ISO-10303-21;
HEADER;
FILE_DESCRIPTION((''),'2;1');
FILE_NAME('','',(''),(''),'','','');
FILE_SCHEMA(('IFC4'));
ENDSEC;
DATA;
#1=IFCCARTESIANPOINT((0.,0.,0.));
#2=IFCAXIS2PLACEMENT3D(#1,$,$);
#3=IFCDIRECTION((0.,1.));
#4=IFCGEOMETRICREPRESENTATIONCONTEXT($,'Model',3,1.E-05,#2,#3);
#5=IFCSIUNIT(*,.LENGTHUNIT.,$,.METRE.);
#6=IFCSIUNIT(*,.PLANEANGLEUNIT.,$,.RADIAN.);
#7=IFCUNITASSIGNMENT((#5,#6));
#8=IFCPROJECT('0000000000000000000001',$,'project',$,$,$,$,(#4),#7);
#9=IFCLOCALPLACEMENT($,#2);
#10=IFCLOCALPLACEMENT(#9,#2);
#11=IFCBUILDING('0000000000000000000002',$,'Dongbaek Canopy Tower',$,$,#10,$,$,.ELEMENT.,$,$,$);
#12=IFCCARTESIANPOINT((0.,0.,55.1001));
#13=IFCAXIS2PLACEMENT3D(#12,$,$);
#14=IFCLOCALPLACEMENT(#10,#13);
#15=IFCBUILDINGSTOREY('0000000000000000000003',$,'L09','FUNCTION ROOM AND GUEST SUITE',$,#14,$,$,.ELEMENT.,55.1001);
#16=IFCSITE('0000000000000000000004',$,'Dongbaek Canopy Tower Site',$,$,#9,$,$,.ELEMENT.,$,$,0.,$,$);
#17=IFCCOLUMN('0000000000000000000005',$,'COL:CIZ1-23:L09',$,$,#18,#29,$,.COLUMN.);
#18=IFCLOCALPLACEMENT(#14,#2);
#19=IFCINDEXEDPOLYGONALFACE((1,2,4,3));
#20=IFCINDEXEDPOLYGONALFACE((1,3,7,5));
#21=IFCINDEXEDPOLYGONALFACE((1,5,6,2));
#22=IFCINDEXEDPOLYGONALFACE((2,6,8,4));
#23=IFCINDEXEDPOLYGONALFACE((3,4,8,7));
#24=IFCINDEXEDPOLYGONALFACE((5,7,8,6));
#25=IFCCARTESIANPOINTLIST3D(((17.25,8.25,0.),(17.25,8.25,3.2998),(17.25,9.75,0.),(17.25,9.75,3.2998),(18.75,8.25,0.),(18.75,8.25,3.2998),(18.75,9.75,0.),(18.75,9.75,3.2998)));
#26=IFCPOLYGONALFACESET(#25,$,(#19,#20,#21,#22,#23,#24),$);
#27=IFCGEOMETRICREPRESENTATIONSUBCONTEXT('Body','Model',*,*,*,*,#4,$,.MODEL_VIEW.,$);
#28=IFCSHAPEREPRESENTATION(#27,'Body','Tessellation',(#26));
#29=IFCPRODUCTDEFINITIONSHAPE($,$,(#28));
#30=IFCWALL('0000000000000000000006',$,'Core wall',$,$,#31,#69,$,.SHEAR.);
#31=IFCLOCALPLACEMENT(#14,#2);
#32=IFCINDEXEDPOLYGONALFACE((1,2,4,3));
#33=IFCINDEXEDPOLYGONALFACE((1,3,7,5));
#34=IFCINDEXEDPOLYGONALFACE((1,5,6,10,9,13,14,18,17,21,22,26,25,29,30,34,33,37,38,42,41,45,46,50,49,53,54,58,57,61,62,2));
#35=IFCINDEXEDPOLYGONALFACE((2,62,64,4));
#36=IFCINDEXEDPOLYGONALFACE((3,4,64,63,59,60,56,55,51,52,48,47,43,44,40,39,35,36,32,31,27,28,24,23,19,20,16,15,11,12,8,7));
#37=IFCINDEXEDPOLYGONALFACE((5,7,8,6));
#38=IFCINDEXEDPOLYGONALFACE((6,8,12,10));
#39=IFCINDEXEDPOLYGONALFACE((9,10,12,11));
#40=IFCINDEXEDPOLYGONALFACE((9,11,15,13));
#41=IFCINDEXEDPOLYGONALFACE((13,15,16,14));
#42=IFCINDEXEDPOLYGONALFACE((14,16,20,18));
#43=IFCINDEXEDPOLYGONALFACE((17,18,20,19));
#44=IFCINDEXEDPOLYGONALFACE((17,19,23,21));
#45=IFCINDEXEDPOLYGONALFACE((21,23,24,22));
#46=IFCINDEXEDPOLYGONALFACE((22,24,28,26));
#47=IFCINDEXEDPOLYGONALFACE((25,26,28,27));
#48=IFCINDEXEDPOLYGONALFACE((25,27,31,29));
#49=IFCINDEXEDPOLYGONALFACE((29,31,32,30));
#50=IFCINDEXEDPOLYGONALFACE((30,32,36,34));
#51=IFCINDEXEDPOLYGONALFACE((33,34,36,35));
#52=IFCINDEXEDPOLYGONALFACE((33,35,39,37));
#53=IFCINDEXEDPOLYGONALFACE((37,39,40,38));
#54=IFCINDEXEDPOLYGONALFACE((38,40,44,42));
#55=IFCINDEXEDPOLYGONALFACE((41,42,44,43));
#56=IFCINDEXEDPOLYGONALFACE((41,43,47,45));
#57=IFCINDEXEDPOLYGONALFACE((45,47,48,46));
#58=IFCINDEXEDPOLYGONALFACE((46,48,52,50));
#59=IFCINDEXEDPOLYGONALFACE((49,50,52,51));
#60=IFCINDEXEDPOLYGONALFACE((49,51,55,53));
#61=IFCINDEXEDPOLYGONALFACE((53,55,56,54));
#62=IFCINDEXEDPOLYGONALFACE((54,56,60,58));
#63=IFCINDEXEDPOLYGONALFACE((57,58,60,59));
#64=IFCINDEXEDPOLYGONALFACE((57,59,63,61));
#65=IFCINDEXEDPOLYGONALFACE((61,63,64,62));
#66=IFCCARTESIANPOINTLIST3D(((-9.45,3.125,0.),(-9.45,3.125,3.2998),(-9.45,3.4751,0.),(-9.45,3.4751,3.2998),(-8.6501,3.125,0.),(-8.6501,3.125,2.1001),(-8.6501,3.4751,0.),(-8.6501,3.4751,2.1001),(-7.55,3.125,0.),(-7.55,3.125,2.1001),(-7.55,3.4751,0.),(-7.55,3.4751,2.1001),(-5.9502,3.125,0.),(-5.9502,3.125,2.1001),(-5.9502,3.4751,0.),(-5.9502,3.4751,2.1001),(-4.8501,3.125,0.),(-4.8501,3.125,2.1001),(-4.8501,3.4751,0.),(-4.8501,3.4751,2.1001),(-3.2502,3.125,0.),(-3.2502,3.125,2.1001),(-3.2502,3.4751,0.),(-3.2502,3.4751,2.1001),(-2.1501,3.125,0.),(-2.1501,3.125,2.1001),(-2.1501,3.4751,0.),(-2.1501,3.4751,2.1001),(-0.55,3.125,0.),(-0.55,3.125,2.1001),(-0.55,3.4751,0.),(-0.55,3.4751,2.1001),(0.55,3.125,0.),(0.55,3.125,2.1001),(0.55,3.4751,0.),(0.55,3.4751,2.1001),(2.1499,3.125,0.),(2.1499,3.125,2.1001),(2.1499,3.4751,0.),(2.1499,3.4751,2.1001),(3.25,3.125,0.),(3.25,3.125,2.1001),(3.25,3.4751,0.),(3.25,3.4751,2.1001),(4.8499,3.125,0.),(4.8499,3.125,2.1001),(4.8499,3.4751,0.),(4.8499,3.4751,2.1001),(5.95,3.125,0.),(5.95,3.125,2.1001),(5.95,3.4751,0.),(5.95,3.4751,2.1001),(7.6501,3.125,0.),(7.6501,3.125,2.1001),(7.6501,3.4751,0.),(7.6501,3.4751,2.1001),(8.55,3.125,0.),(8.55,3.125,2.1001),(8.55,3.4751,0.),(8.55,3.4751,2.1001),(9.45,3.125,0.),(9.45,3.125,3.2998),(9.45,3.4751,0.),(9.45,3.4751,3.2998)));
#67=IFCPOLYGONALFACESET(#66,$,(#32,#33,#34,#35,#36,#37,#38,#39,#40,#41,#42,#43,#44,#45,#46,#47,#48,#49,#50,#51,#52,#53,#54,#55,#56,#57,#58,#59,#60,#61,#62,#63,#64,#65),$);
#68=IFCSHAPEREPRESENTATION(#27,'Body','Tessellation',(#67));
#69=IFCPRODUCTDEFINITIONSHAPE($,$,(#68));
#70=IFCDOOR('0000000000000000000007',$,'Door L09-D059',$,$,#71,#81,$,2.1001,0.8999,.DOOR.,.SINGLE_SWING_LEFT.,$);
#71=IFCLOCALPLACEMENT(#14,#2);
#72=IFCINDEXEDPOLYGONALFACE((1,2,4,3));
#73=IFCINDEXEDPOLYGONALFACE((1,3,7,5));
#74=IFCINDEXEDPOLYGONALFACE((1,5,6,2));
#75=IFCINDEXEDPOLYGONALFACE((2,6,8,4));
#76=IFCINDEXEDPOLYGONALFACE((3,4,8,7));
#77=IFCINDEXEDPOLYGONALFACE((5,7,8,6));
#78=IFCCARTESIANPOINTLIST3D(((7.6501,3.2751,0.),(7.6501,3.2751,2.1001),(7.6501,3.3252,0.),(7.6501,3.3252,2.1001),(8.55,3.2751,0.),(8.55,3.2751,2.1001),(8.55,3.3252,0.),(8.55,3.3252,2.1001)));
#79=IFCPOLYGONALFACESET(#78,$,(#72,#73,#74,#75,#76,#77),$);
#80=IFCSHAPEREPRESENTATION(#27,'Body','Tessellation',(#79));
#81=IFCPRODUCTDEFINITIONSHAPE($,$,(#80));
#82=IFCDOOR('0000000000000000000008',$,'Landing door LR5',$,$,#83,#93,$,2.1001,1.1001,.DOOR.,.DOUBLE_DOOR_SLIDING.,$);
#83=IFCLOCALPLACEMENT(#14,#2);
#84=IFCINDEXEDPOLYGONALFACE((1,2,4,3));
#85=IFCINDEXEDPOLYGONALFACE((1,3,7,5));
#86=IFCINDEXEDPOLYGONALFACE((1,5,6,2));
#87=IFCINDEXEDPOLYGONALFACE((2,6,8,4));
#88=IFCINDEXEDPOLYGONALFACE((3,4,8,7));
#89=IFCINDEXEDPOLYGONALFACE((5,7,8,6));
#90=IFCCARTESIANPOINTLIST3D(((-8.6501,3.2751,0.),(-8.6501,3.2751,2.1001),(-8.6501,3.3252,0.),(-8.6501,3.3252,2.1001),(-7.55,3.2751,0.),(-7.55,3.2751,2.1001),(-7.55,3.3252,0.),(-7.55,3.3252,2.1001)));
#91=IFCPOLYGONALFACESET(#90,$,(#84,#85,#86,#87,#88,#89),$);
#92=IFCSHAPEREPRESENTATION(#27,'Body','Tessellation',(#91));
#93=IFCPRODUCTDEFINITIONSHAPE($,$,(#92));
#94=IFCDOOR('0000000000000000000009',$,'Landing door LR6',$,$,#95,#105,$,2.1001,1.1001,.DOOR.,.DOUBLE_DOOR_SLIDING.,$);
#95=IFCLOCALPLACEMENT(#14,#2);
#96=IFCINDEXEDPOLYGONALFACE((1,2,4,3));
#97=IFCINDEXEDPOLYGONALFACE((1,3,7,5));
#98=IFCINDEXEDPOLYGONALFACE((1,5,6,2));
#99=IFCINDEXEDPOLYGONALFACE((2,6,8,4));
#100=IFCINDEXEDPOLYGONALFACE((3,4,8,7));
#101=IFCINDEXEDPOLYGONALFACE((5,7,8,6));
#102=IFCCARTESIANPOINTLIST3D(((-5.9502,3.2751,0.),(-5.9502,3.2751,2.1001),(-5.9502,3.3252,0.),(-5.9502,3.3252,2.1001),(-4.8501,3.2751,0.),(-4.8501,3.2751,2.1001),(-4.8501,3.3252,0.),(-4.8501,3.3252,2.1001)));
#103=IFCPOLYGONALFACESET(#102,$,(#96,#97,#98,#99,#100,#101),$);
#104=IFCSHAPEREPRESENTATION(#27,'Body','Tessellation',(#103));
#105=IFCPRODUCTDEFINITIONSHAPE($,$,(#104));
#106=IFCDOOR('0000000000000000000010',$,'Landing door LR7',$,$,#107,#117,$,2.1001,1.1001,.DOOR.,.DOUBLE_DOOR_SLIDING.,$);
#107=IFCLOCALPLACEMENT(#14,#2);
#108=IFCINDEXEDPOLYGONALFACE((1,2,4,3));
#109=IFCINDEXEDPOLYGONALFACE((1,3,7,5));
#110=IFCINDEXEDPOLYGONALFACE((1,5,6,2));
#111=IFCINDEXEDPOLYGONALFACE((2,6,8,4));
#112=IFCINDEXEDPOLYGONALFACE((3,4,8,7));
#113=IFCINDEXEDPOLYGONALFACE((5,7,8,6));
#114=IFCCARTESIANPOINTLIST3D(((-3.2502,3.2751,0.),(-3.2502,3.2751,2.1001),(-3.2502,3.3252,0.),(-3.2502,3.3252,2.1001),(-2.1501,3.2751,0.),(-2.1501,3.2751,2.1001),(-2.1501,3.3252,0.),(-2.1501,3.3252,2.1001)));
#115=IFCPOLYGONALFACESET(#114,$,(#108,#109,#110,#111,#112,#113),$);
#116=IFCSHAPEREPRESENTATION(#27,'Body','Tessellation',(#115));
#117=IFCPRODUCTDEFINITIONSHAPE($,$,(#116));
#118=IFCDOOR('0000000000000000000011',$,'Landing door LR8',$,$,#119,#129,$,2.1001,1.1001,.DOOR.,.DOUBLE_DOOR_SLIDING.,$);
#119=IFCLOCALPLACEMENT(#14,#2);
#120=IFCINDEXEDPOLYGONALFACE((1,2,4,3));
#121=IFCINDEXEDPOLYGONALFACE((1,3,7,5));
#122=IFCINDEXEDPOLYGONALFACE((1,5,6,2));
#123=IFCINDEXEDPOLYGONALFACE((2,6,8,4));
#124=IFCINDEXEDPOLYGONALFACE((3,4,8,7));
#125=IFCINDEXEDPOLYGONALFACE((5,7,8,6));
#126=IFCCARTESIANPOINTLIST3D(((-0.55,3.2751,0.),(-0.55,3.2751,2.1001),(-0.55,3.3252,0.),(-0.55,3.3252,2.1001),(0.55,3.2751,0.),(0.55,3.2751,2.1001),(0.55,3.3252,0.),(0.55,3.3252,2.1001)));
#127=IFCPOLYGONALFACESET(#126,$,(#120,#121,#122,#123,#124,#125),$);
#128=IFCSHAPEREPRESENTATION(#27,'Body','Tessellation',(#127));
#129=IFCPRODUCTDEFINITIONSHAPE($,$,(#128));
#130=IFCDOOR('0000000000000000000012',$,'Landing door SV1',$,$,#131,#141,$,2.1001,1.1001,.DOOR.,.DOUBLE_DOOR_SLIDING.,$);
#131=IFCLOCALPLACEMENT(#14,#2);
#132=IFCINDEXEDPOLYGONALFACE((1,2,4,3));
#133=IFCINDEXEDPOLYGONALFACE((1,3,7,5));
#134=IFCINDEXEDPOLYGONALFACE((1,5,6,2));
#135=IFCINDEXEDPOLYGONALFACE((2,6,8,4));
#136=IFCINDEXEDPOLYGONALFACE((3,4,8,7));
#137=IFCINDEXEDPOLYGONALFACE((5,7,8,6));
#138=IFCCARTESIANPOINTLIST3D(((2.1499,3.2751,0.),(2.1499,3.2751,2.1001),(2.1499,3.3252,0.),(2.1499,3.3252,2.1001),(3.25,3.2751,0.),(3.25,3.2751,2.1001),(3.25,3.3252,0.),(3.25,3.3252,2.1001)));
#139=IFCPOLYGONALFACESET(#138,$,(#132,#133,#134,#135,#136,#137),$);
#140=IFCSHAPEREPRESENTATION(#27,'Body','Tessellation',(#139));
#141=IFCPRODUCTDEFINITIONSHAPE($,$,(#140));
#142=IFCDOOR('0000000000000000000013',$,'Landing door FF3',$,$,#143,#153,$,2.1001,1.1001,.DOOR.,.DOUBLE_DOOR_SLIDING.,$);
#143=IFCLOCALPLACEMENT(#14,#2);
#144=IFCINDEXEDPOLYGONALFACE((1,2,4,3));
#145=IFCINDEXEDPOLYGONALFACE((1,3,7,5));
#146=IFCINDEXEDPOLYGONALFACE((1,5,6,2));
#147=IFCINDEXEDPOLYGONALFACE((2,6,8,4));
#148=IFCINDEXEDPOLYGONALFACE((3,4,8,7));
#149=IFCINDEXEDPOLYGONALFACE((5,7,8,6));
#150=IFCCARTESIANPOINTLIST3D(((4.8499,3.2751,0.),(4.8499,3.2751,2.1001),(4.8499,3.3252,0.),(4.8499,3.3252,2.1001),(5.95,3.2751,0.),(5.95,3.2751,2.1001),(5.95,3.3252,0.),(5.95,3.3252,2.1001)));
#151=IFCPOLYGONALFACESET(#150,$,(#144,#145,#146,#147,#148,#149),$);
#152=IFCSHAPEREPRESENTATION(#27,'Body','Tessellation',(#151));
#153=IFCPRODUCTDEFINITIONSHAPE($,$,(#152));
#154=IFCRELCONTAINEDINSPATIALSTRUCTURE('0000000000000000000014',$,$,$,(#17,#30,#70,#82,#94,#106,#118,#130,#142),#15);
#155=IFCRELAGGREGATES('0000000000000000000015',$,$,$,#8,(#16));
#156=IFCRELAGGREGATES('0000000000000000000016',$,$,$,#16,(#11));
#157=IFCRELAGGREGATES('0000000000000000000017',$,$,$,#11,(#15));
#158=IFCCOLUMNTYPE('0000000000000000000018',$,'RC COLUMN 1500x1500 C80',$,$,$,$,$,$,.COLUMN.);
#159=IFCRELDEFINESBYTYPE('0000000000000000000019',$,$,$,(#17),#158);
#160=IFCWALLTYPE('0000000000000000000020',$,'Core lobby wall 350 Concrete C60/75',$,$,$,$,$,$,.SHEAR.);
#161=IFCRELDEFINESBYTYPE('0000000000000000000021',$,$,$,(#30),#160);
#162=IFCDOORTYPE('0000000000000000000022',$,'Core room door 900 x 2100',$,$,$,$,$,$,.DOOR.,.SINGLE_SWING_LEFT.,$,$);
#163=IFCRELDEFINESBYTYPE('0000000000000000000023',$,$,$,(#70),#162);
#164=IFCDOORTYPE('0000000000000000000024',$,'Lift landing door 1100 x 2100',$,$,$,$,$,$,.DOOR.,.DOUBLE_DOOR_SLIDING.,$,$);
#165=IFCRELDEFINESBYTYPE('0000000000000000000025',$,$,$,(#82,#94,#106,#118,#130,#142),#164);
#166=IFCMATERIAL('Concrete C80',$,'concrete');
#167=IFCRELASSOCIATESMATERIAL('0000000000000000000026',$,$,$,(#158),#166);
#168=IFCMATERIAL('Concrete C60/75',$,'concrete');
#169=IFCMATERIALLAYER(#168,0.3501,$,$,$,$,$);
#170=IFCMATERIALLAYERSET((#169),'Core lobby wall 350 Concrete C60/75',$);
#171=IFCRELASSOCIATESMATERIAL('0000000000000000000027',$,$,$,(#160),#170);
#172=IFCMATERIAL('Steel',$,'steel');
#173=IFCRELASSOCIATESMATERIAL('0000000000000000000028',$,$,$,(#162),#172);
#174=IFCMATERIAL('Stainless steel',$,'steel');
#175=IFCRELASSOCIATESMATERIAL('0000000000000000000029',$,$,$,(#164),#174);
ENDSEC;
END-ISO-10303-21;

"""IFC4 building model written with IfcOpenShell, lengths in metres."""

from ifc_helpers import new_model, si_unit, direction, frame, frame_2d, origin, origin_2d, place, context, subcontext, project, spatial, rectangle, extrude, material, layer, layer_set, material_profile, profile_set, type_object, element, fill, save


model = new_model("IFC4")

# Units and contexts
model_context = context("Model", 3, precision=1e-05, world=origin(), true_north=direction((0.0, 1.0)))
body_context = subcontext(model_context, "Body", "Model", "MODEL_VIEW")
ifc_project = project(units=[si_unit("LENGTHUNIT", "METRE"), si_unit("PLANEANGLEUNIT", "RADIAN")], contexts=[model_context])

# Site, building, storey
site_placement = place(None, origin())
site = spatial("IfcSite", under=ifc_project, at=site_placement, Name="Dongbaek Canopy Tower Site", CompositionType="ELEMENT", RefElevation=0.0)
building_placement = place(site_placement, origin())
building = spatial("IfcBuilding", under=site, at=building_placement, Name="Dongbaek Canopy Tower", CompositionType="ELEMENT")
storey_placement = place(building_placement, frame((0.0, 0.0, 55.1001)))
storey = spatial("IfcBuildingStorey", under=building, at=storey_placement, Name="L09", Description="FUNCTION ROOM AND GUEST SUITE", CompositionType="ELEMENT", Elevation=55.1001)

# Column
ifc_material_1 = material(Name="Concrete C80", Category="concrete")
ifc_material_profile = material_profile(ifc_material_1, rectangle(XDim=1.5, YDim=1.5, at=origin_2d()), Name="RC COLUMN 1500x1500 C80")
ifc_profile_set = profile_set([ifc_material_profile], Name="Concrete C80")
column_type = type_object("IfcColumnType", Name="RC COLUMN 1500x1500 C80", PredefinedType="COLUMN", material=ifc_profile_set)
column_placement = place(storey_placement, frame((18.0, 9.0, 0.0), z_axis=(0.0, 0.0, 1.0), x_axis=(1.0, 0.0, 0.0)))
element("IfcColumn", 1, at=column_placement, inside=storey, type_object=column_type, Name="COL:CIZ1-23:L09", PredefinedType="COLUMN", context=body_context, shape_type="SweptSolid", body=[
    extrude(rectangle(XDim=1.5, YDim=1.5, at=origin_2d()), origin(), (0.0, 0.0, 1.0), 3.2998),
])

# Wall, openings, doors
ifc_material_2 = material(Name="Concrete C60/75", Category="concrete")
ifc_layer_1 = layer(ifc_material_2, 0.3501)
ifc_layer_set_1 = layer_set([ifc_layer_1], Name="Core lobby wall 350 Concrete C60/75")
wall_type_1 = type_object("IfcWallType", Name="Core lobby wall 350 Concrete C60/75", PredefinedType="SHEAR", material=ifc_layer_set_1)
wall_1_placement = place(storey_placement, frame((9.45, 3.3, 0.0), z_axis=(0.0, 0.0, 1.0), x_axis=(-1.0, 0.0, 0.0)))
wall_1 = element("IfcWall", 2, at=wall_1_placement, inside=storey, type_object=wall_type_1, Name="Core wall", PredefinedType="SHEAR", context=body_context, shape_type="SweptSolid", body=[
    extrude(rectangle(XDim=18.8999, YDim=0.3501, at=frame_2d((9.45, 0.0))), origin(), (0.0, 0.0, 1.0), 3.2998),
])
opening_1_placement = place(wall_1_placement, frame((17.0, 0.0, 0.0)))
opening_1 = element("IfcOpeningElement", 3, at=opening_1_placement, cuts=wall_1, PredefinedType="OPENING", context=body_context, shape_type="SweptSolid", body=[
    extrude(rectangle(XDim=1.1001, YDim=2.1001, at=frame_2d((0.55, 1.05))), frame((0.0, 0.1851, 0.0), z_axis=(0.0, -1.0, 0.0), x_axis=(1.0, 0.0, 0.0)), (0.0, 0.0, 1.0), 0.3701),
])
opening_2_placement = place(wall_1_placement, frame((14.3, 0.0, 0.0)))
opening_2 = element("IfcOpeningElement", 4, at=opening_2_placement, cuts=wall_1, PredefinedType="OPENING", context=body_context, shape_type="SweptSolid", body=[
    extrude(rectangle(XDim=1.1001, YDim=2.1001, at=frame_2d((0.55, 1.05))), frame((0.0, 0.1851, 0.0), z_axis=(0.0, -1.0, 0.0), x_axis=(1.0, 0.0, 0.0)), (0.0, 0.0, 1.0), 0.3701),
])
opening_3_placement = place(wall_1_placement, frame((11.6001, 0.0, 0.0)))
opening_3 = element("IfcOpeningElement", 5, at=opening_3_placement, cuts=wall_1, PredefinedType="OPENING", context=body_context, shape_type="SweptSolid", body=[
    extrude(rectangle(XDim=1.1001, YDim=2.1001, at=frame_2d((0.55, 1.05))), frame((0.0, 0.1851, 0.0), z_axis=(0.0, -1.0, 0.0), x_axis=(1.0, 0.0, 0.0)), (0.0, 0.0, 1.0), 0.3701),
])
opening_4_placement = place(wall_1_placement, frame((8.8999, 0.0, 0.0)))
opening_4 = element("IfcOpeningElement", 6, at=opening_4_placement, cuts=wall_1, PredefinedType="OPENING", context=body_context, shape_type="SweptSolid", body=[
    extrude(rectangle(XDim=1.1001, YDim=2.1001, at=frame_2d((0.55, 1.05))), frame((0.0, 0.1851, 0.0), z_axis=(0.0, -1.0, 0.0), x_axis=(1.0, 0.0, 0.0)), (0.0, 0.0, 1.0), 0.3701),
])
opening_5_placement = place(wall_1_placement, frame((6.2, 0.0, 0.0)))
opening_5 = element("IfcOpeningElement", 7, at=opening_5_placement, cuts=wall_1, PredefinedType="OPENING", context=body_context, shape_type="SweptSolid", body=[
    extrude(rectangle(XDim=1.1001, YDim=2.1001, at=frame_2d((0.55, 1.05))), frame((0.0, 0.1851, 0.0), z_axis=(0.0, -1.0, 0.0), x_axis=(1.0, 0.0, 0.0)), (0.0, 0.0, 1.0), 0.3701),
])
opening_6_placement = place(wall_1_placement, frame((3.5, 0.0, 0.0)))
opening_6 = element("IfcOpeningElement", 8, at=opening_6_placement, cuts=wall_1, PredefinedType="OPENING", context=body_context, shape_type="SweptSolid", body=[
    extrude(rectangle(XDim=1.1001, YDim=2.1001, at=frame_2d((0.55, 1.05))), frame((0.0, 0.1851, 0.0), z_axis=(0.0, -1.0, 0.0), x_axis=(1.0, 0.0, 0.0)), (0.0, 0.0, 1.0), 0.3701),
])
opening_7_placement = place(wall_1_placement, frame((0.8999, 0.0, 0.0)))
opening_7 = element("IfcOpeningElement", 9, at=opening_7_placement, cuts=wall_1, PredefinedType="OPENING", context=body_context, shape_type="SweptSolid", body=[
    extrude(rectangle(XDim=0.8999, YDim=2.1001, at=frame_2d((0.45, 1.05))), frame((0.0, 0.1851, 0.0), z_axis=(0.0, -1.0, 0.0), x_axis=(1.0, 0.0, 0.0)), (0.0, 0.0, 1.0), 0.3701),
])
ifc_material_3 = material(Name="Steel", Category="steel")
door_type_1 = type_object("IfcDoorType", Name="Core room door 900 x 2100", OperationType="SINGLE_SWING_LEFT", PredefinedType="DOOR", material=ifc_material_3)
door_1_placement = place(opening_7_placement, origin())
door_1 = element("IfcDoor", 10, at=door_1_placement, inside=storey, type_object=door_type_1, Name="Door L09-D059", OperationType="SINGLE_SWING_LEFT", OverallHeight=2.1001, OverallWidth=0.8999, PredefinedType="DOOR", context=body_context, shape_type="SweptSolid", body=[
    extrude(rectangle(XDim=0.8999, YDim=2.1001, at=frame_2d((0.45, 1.05))), frame((0.0, 0.0249, 0.0), z_axis=(0.0, -1.0, 0.0), x_axis=(1.0, 0.0, 0.0)), (0.0, 0.0, 1.0), 0.05),
])
fill(opening_7, door_1)
ifc_material_4 = material(Name="Stainless steel", Category="steel")
door_type_2 = type_object("IfcDoorType", Name="Lift landing door 1100 x 2100", OperationType="DOUBLE_DOOR_SLIDING", PredefinedType="DOOR", material=ifc_material_4)
door_2_placement = place(opening_1_placement, origin())
door_2 = element("IfcDoor", 11, at=door_2_placement, inside=storey, type_object=door_type_2, Name="Landing door LR5", OperationType="DOUBLE_DOOR_SLIDING", OverallHeight=2.1001, OverallWidth=1.1001, PredefinedType="DOOR", context=body_context, shape_type="SweptSolid", body=[
    extrude(rectangle(XDim=1.1001, YDim=2.1001, at=frame_2d((0.55, 1.05))), frame((0.0, 0.0249, 0.0), z_axis=(0.0, -1.0, 0.0), x_axis=(1.0, 0.0, 0.0)), (0.0, 0.0, 1.0), 0.05),
])
fill(opening_1, door_2)
door_3_placement = place(opening_2_placement, origin())
door_3 = element("IfcDoor", 12, at=door_3_placement, inside=storey, type_object=door_type_2, Name="Landing door LR6", OperationType="DOUBLE_DOOR_SLIDING", OverallHeight=2.1001, OverallWidth=1.1001, PredefinedType="DOOR", context=body_context, shape_type="SweptSolid", body=[
    extrude(rectangle(XDim=1.1001, YDim=2.1001, at=frame_2d((0.55, 1.05))), frame((0.0, 0.0249, 0.0), z_axis=(0.0, -1.0, 0.0), x_axis=(1.0, 0.0, 0.0)), (0.0, 0.0, 1.0), 0.05),
])
fill(opening_2, door_3)
door_4_placement = place(opening_3_placement, origin())
door_4 = element("IfcDoor", 13, at=door_4_placement, inside=storey, type_object=door_type_2, Name="Landing door LR7", OperationType="DOUBLE_DOOR_SLIDING", OverallHeight=2.1001, OverallWidth=1.1001, PredefinedType="DOOR", context=body_context, shape_type="SweptSolid", body=[
    extrude(rectangle(XDim=1.1001, YDim=2.1001, at=frame_2d((0.55, 1.05))), frame((0.0, 0.0249, 0.0), z_axis=(0.0, -1.0, 0.0), x_axis=(1.0, 0.0, 0.0)), (0.0, 0.0, 1.0), 0.05),
])
fill(opening_3, door_4)
door_5_placement = place(opening_4_placement, origin())
door_5 = element("IfcDoor", 14, at=door_5_placement, inside=storey, type_object=door_type_2, Name="Landing door LR8", OperationType="DOUBLE_DOOR_SLIDING", OverallHeight=2.1001, OverallWidth=1.1001, PredefinedType="DOOR", context=body_context, shape_type="SweptSolid", body=[
    extrude(rectangle(XDim=1.1001, YDim=2.1001, at=frame_2d((0.55, 1.05))), frame((0.0, 0.0249, 0.0), z_axis=(0.0, -1.0, 0.0), x_axis=(1.0, 0.0, 0.0)), (0.0, 0.0, 1.0), 0.05),
])
fill(opening_4, door_5)
door_6_placement = place(opening_5_placement, origin())
door_6 = element("IfcDoor", 15, at=door_6_placement, inside=storey, type_object=door_type_2, Name="Landing door SV1", OperationType="DOUBLE_DOOR_SLIDING", OverallHeight=2.1001, OverallWidth=1.1001, PredefinedType="DOOR", context=body_context, shape_type="SweptSolid", body=[
    extrude(rectangle(XDim=1.1001, YDim=2.1001, at=frame_2d((0.55, 1.05))), frame((0.0, 0.0249, 0.0), z_axis=(0.0, -1.0, 0.0), x_axis=(1.0, 0.0, 0.0)), (0.0, 0.0, 1.0), 0.05),
])
fill(opening_5, door_6)
door_7_placement = place(opening_6_placement, origin())
door_7 = element("IfcDoor", 16, at=door_7_placement, inside=storey, type_object=door_type_2, Name="Landing door FF3", OperationType="DOUBLE_DOOR_SLIDING", OverallHeight=2.1001, OverallWidth=1.1001, PredefinedType="DOOR", context=body_context, shape_type="SweptSolid", body=[
    extrude(rectangle(XDim=1.1001, YDim=2.1001, at=frame_2d((0.55, 1.05))), frame((0.0, 0.0249, 0.0), z_axis=(0.0, -1.0, 0.0), x_axis=(1.0, 0.0, 0.0)), (0.0, 0.0, 1.0), 0.05),
])
fill(opening_6, door_7)

save(model, "model.ifc")
